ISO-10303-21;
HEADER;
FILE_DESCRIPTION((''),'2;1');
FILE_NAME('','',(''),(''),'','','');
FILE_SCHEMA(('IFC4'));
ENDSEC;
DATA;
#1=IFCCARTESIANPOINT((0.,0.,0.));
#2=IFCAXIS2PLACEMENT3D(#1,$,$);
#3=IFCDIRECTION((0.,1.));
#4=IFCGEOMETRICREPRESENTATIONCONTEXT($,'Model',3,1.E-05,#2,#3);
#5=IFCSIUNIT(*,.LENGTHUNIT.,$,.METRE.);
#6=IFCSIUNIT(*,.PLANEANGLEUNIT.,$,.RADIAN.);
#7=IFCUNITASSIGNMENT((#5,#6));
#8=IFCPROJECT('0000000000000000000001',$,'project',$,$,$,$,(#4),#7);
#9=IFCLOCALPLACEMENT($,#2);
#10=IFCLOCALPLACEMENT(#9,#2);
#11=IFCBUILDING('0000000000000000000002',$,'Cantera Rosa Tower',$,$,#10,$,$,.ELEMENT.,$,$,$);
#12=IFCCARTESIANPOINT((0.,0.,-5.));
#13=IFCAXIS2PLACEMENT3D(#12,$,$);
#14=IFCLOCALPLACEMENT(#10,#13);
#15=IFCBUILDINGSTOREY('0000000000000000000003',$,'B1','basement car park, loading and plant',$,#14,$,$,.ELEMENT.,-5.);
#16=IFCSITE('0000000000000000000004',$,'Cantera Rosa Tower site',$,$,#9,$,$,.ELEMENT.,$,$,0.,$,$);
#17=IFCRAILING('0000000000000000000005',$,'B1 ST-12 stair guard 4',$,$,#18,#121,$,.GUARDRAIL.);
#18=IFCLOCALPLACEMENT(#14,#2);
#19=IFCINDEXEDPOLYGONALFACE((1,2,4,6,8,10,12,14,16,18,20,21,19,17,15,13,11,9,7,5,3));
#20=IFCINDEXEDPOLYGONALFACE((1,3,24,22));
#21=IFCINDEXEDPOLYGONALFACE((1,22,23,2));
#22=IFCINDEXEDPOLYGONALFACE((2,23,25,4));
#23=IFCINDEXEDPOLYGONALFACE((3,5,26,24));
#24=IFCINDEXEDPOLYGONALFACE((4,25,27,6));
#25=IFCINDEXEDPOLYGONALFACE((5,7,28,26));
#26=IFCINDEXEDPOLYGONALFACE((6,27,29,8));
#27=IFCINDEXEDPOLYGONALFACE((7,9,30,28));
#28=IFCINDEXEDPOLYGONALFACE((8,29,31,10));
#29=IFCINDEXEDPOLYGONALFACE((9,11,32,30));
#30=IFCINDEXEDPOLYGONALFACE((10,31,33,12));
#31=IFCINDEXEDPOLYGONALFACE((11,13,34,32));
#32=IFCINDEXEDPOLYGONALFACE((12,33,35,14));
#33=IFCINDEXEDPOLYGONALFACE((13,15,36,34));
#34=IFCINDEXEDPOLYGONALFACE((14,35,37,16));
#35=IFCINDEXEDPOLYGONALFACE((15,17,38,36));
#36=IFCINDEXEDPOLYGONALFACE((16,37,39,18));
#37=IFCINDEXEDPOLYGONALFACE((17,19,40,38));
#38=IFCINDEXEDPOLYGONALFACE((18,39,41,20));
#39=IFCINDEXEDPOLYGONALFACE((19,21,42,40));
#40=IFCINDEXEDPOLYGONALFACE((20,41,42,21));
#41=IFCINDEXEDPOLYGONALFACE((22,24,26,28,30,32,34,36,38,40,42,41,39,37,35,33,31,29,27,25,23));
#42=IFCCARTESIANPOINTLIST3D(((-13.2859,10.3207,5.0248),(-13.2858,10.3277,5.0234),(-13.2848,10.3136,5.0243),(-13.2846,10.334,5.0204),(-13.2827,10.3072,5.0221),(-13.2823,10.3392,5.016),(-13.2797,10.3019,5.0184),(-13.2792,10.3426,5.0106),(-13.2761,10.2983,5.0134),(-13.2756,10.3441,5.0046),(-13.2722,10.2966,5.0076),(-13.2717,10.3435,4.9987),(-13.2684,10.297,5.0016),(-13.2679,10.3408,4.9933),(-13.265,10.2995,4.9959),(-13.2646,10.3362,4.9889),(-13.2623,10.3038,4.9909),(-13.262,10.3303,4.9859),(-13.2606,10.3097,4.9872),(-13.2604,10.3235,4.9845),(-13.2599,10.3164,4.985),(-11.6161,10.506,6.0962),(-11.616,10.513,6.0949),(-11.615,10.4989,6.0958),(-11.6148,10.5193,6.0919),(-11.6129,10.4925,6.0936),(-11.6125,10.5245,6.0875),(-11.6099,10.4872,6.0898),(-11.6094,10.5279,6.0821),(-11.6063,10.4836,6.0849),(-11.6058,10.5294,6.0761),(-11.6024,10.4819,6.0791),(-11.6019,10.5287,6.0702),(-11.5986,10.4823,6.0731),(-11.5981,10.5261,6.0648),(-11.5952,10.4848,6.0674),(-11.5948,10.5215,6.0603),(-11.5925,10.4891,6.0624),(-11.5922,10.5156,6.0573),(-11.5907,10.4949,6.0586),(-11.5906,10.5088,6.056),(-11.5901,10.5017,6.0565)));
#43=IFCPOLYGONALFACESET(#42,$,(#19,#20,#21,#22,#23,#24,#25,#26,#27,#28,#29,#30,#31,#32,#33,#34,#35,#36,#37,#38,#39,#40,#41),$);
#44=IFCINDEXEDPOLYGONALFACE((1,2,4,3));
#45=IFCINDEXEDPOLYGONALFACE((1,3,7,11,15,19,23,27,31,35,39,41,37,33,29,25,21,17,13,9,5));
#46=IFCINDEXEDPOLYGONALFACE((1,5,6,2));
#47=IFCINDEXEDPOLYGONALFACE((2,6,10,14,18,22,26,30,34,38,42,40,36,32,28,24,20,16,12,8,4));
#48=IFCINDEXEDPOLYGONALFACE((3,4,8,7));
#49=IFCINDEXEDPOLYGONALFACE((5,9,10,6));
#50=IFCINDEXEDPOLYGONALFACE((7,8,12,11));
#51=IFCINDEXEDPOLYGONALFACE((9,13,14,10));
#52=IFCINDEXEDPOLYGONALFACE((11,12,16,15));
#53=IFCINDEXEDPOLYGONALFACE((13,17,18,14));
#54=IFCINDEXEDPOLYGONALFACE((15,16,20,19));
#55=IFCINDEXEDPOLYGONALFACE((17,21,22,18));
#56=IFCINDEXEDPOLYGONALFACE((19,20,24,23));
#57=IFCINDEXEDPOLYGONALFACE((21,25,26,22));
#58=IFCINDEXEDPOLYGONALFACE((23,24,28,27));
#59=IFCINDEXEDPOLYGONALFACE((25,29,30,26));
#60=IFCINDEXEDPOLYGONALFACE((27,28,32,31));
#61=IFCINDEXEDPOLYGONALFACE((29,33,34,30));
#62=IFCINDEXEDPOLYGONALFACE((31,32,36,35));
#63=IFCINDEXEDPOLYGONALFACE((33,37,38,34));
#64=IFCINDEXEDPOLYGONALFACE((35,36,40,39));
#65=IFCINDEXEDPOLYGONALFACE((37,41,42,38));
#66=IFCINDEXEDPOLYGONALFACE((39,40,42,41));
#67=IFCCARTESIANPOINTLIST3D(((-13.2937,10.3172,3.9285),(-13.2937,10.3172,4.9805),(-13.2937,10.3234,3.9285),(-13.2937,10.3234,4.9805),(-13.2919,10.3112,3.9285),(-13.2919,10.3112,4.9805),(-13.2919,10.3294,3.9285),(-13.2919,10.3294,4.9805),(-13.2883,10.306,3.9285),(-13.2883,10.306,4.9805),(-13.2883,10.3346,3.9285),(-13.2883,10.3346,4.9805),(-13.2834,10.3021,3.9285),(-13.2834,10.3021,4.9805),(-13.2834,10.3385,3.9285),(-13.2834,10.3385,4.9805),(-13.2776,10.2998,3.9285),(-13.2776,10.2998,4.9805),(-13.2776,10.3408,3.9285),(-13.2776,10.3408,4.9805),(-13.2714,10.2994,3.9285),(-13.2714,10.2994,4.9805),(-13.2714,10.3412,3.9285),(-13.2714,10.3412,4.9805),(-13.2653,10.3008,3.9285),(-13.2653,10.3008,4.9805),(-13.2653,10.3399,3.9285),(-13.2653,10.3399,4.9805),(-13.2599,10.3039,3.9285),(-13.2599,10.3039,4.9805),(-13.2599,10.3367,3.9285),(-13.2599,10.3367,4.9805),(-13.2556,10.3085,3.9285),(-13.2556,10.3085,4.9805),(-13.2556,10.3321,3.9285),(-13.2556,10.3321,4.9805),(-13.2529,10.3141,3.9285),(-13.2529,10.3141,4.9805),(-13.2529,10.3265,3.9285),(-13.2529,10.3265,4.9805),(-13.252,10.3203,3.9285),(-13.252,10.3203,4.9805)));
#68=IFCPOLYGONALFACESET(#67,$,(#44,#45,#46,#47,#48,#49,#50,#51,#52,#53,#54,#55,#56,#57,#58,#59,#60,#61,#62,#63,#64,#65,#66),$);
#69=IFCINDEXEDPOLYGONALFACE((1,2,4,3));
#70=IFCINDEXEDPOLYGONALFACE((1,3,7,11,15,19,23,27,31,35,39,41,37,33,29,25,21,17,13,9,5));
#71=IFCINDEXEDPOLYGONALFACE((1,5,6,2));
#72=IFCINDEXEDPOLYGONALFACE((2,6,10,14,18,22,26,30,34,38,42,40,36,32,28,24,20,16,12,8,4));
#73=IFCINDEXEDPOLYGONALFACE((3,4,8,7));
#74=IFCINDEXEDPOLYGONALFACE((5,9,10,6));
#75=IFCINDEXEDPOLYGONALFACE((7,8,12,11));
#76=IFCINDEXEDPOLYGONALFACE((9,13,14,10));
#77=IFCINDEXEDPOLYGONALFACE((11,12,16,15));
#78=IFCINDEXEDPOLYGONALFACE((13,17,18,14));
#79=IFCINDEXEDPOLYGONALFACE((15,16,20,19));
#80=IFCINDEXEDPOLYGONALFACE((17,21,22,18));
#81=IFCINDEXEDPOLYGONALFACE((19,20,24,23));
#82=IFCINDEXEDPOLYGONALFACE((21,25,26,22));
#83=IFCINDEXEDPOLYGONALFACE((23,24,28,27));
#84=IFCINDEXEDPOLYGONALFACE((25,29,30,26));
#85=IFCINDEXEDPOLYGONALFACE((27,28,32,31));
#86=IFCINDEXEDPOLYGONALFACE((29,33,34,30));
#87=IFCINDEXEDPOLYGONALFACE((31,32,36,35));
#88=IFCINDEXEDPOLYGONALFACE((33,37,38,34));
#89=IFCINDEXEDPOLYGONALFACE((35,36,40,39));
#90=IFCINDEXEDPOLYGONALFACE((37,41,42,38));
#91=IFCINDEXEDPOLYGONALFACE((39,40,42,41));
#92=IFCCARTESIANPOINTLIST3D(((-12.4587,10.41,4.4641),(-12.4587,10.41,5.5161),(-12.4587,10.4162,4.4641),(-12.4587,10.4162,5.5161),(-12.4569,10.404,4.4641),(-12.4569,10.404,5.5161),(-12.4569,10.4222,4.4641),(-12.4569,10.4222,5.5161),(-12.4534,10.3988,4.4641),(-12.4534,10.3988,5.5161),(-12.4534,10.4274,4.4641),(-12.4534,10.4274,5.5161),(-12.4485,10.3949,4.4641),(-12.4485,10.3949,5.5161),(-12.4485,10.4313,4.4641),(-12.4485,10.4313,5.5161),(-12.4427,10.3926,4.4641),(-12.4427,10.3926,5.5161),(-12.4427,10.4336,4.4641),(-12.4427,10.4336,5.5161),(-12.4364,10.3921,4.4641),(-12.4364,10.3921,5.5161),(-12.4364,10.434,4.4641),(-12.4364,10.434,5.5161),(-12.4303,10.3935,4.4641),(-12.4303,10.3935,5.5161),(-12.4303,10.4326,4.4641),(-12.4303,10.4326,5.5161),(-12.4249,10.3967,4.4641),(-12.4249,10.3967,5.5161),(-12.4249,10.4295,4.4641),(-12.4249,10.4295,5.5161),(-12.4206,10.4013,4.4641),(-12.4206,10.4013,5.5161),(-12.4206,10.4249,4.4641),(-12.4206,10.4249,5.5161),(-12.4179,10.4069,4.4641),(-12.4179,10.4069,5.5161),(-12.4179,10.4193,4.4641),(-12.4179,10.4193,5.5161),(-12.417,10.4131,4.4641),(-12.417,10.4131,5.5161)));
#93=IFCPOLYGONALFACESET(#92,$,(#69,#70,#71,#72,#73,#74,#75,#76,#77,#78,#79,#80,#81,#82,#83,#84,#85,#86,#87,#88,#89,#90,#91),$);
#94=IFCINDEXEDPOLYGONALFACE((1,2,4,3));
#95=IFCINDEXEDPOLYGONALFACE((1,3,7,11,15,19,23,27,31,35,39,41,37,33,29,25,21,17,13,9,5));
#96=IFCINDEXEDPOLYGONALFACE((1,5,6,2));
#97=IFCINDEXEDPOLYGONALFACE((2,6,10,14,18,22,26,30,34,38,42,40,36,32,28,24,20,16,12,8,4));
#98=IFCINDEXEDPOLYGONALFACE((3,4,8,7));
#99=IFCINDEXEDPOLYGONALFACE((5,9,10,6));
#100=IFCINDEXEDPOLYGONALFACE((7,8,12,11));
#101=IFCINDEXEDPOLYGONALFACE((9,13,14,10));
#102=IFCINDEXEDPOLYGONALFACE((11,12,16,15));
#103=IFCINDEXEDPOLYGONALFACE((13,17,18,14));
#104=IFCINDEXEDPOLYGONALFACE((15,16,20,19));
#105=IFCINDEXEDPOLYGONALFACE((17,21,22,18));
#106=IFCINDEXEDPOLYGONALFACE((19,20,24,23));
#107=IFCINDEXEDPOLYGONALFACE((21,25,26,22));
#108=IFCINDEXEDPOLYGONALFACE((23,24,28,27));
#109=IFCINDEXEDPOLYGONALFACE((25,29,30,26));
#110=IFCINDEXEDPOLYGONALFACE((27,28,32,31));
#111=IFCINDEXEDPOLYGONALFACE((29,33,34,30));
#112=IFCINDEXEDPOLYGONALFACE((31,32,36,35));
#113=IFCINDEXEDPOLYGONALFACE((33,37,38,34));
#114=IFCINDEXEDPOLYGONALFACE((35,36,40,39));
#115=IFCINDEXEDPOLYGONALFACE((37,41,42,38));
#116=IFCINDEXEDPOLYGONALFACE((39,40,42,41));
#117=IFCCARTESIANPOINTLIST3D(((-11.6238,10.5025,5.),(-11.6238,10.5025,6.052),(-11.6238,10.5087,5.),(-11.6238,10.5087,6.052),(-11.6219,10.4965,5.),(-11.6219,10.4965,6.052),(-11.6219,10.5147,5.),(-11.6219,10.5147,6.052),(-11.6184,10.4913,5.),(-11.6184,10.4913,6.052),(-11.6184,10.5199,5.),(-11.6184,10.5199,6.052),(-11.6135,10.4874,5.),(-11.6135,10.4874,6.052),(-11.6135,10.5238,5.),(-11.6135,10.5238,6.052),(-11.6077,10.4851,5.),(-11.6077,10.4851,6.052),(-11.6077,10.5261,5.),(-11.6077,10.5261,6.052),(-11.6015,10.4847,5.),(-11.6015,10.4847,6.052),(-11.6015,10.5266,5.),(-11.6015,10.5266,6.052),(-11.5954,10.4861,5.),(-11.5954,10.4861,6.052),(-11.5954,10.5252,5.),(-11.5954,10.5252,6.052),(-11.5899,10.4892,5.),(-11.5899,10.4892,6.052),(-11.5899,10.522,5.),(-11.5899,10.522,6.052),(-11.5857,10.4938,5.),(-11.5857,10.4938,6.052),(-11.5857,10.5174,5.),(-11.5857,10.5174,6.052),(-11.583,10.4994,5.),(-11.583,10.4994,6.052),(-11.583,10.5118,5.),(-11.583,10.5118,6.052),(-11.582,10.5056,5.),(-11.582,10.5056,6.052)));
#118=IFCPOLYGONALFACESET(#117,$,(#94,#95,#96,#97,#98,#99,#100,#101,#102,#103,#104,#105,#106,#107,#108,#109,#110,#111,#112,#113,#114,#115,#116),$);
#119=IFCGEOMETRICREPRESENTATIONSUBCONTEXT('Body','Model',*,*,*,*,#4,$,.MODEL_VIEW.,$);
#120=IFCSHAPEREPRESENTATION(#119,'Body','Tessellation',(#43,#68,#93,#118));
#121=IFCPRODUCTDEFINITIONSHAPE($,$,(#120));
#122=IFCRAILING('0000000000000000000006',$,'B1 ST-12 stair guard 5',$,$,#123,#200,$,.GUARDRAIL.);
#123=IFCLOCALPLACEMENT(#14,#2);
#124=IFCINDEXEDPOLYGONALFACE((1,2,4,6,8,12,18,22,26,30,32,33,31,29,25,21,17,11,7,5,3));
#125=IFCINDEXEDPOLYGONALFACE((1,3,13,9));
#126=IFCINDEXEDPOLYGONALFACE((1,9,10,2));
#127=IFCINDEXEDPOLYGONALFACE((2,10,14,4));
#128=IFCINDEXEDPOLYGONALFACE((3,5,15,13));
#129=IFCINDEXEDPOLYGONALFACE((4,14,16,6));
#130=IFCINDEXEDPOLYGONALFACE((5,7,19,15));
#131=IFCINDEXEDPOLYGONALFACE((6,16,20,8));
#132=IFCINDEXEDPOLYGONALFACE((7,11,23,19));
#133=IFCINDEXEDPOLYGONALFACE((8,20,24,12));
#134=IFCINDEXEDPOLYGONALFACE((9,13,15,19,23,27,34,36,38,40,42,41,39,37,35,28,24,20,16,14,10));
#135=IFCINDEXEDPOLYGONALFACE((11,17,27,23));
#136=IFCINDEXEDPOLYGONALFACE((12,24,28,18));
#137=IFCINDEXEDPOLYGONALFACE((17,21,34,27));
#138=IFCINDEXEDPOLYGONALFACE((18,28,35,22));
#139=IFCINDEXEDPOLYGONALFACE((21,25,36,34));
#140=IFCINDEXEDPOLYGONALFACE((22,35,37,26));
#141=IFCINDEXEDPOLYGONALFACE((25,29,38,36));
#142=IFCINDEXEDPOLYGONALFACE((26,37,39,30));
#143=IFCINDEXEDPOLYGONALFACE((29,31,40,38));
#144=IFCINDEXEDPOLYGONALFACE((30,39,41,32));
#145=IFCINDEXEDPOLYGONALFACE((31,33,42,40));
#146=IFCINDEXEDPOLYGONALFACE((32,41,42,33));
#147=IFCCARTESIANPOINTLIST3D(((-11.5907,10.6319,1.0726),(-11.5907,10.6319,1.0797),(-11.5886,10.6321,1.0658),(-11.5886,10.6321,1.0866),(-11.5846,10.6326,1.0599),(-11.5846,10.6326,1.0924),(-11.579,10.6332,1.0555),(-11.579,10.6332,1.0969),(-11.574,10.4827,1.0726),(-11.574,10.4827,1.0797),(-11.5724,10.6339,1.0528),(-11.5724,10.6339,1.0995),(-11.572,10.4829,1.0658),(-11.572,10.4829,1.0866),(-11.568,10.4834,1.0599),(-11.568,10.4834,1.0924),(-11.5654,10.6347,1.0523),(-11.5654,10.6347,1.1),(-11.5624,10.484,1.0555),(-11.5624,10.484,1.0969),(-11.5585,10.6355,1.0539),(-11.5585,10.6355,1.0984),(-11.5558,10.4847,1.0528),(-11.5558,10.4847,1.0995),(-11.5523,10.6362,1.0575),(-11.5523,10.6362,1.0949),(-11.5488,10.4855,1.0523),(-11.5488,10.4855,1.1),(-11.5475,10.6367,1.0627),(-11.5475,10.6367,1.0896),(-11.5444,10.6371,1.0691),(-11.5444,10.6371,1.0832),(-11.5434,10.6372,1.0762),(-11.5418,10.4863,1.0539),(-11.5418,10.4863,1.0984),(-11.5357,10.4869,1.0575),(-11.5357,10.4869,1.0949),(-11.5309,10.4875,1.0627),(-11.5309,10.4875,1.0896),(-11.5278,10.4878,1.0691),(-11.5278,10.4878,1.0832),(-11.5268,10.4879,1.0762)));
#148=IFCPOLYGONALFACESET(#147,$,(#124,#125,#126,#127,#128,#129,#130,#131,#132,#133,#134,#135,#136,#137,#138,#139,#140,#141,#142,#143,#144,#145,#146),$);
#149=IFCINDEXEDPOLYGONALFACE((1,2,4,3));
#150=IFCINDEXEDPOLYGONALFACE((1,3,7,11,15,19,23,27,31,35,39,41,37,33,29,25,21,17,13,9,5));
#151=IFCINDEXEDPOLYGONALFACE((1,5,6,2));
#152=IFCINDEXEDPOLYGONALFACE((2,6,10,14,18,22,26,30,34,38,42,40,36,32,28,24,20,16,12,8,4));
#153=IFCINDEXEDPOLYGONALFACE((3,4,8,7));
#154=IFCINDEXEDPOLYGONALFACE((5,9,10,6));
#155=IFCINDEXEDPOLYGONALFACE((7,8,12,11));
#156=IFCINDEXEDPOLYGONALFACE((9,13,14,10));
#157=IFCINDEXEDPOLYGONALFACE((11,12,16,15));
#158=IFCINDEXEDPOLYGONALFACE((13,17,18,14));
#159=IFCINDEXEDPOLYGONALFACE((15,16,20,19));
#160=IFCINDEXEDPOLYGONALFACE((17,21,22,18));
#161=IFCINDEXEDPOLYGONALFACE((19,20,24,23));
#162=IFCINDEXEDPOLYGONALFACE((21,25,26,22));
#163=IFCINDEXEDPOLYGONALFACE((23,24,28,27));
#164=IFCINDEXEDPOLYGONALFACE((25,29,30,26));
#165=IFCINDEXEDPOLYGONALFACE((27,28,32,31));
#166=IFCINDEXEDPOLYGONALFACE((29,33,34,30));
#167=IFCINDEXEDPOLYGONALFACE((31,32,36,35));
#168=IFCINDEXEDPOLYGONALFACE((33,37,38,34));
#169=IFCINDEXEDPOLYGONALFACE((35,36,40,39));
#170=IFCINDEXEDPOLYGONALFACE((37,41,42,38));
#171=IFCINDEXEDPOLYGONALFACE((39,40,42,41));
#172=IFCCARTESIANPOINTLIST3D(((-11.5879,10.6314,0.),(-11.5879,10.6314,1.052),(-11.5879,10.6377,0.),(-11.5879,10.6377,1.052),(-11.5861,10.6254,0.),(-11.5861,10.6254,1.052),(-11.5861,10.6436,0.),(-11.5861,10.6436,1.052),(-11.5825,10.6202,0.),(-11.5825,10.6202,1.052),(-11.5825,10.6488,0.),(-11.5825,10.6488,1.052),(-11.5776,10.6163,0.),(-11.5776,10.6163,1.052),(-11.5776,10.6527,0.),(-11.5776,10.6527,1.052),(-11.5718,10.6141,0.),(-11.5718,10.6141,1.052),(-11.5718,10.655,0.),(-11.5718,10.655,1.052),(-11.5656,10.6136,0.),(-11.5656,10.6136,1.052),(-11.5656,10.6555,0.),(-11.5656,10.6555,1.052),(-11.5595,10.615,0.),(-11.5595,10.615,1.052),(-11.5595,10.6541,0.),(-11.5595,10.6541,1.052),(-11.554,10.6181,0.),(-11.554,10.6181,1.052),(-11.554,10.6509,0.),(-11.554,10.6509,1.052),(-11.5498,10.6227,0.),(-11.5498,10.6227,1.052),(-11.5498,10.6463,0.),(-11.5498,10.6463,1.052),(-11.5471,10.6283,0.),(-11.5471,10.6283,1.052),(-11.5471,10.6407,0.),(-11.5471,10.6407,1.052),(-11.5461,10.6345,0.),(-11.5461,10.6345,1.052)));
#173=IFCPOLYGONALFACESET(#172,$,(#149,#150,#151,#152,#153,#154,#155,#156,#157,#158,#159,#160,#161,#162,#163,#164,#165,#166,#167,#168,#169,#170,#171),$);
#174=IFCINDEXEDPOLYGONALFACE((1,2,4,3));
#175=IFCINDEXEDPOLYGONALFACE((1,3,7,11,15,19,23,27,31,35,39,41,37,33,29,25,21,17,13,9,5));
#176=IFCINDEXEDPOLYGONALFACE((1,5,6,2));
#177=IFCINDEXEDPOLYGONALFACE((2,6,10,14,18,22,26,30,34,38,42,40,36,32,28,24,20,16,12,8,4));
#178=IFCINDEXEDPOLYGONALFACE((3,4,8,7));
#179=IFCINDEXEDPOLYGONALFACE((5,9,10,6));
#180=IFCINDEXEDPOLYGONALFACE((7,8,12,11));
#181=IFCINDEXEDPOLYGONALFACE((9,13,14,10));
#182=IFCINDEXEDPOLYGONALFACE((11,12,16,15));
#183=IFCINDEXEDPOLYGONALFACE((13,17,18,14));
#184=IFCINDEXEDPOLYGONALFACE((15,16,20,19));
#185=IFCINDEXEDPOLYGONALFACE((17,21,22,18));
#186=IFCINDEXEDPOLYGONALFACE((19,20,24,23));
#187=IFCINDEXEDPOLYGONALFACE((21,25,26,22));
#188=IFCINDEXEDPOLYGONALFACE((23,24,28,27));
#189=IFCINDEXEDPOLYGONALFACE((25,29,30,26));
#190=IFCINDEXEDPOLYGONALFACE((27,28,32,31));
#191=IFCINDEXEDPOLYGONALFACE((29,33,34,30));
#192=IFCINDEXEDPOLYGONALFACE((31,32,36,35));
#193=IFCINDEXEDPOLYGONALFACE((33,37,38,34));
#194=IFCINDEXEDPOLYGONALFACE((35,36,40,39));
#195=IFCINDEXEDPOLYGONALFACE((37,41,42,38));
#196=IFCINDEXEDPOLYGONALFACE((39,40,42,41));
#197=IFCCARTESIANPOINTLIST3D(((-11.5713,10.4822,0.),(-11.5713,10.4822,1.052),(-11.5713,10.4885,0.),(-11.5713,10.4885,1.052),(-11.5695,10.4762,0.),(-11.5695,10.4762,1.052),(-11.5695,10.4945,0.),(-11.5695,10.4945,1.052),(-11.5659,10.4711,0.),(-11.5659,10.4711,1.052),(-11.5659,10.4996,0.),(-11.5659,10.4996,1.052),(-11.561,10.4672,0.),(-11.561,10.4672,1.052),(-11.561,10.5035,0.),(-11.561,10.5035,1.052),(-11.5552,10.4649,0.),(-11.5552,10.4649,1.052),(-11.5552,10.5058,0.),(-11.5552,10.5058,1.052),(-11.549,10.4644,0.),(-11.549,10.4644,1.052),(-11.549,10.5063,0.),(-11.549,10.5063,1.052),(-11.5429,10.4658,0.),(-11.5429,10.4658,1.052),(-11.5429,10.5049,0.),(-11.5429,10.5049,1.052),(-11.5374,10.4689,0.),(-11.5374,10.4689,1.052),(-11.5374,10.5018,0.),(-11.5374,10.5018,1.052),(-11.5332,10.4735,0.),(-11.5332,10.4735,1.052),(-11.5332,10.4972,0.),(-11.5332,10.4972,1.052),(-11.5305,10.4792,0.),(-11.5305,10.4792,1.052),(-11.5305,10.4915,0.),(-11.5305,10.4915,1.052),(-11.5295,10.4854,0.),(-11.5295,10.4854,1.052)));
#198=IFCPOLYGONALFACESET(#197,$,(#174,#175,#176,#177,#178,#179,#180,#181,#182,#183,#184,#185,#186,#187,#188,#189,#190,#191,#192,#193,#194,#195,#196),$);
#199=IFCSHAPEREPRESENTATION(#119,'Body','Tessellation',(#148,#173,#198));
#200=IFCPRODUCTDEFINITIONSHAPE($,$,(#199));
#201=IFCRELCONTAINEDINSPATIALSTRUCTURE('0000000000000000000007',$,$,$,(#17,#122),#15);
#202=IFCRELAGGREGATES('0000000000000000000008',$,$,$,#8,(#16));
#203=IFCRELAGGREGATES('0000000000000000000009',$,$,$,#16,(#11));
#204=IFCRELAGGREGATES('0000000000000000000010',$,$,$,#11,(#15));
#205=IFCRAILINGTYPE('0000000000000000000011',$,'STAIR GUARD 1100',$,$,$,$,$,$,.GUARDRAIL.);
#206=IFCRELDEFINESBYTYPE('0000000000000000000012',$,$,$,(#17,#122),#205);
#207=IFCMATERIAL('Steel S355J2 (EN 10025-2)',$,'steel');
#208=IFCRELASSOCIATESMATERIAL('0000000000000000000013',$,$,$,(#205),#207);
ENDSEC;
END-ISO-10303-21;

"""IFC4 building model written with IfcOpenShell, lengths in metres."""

from ifc_helpers import new_model, si_unit, direction, frame, origin, origin_2d, place, context, subcontext, project, spatial, circle, extrude, material, type_object, element, save


model = new_model("IFC4")

# Units and contexts
model_context = context("Model", 3, precision=1e-05, world=origin(), true_north=direction((0.0, 1.0)))
body_context = subcontext(model_context, "Body", "Model", "MODEL_VIEW")
ifc_project = project(units=[si_unit("LENGTHUNIT", "METRE"), si_unit("PLANEANGLEUNIT", "RADIAN")], contexts=[model_context])

# Site, building, storey
site_placement = place(None, origin())
site = spatial("IfcSite", under=ifc_project, at=site_placement, Name="Cantera Rosa Tower site", CompositionType="ELEMENT", RefElevation=0.0)
building_placement = place(site_placement, origin())
building = spatial("IfcBuilding", under=site, at=building_placement, Name="Cantera Rosa Tower", CompositionType="ELEMENT")
storey_placement = place(building_placement, frame((0.0, 0.0, -5.0)))
storey = spatial("IfcBuildingStorey", under=building, at=storey_placement, Name="B1", Description="basement car park, loading and plant", CompositionType="ELEMENT", Elevation=-5.0)

# Railings
ifc_material_1 = material(Name="Steel S355J2 (EN 10025-2)", Category="steel")
railing_type_1 = type_object("IfcRailingType", Name="STAIR GUARD 1100", PredefinedType="GUARDRAIL", material=ifc_material_1)
railing_1_placement = place(storey_placement, frame((-13.2729, 10.3203, 3.9285)))
element("IfcRailing", 1, at=railing_1_placement, inside=storey, type_object=railing_type_1, Name="B1 ST-12 stair guard 4", PredefinedType="GUARDRAIL", context=body_context, shape_type="SweptSolid", body=[
    extrude(circle(Radius=0.0239, at=origin_2d()), frame((0.0, 0.0, 1.0762), z_axis=(0.837987, 0.092987, 0.537709), x_axis=(-0.110288, 0.9939, 0.0)), (0.0, 0.0, 1.0), 1.9927),
    extrude(circle(Radius=0.021, at=origin_2d()), origin(), (0.0, 0.0, 1.0), 1.052),
    extrude(circle(Radius=0.021, at=origin_2d()), frame((0.835, 0.0928, 0.5356)), (0.0, 0.0, 1.0), 1.052),
    extrude(circle(Radius=0.021, at=origin_2d()), frame((1.6699, 0.1853, 1.0715)), (0.0, 0.0, 1.0), 1.052),
])
railing_2_placement = place(storey_placement, frame((-11.5671, 10.6345, 0.0)))
element("IfcRailing", 2, at=railing_2_placement, inside=storey, type_object=railing_type_1, Name="B1 ST-12 stair guard 5", PredefinedType="GUARDRAIL", context=body_context, shape_type="SweptSolid", body=[
    extrude(circle(Radius=0.0239, at=origin_2d()), frame((0.0, 0.0, 1.0762), z_axis=(0.11061, -0.993864, 0.0), x_axis=(0.993864, 0.11061, 0.0)), (0.0, 0.0, 1.0), 0.1501),
    extrude(circle(Radius=0.021, at=origin_2d()), origin(), (0.0, 0.0, 1.0), 1.052),
    extrude(circle(Radius=0.021, at=origin_2d()), frame((0.0166, -0.1492, 0.0)), (0.0, 0.0, 1.0), 1.052),
])

save(model, "model.ifc")
